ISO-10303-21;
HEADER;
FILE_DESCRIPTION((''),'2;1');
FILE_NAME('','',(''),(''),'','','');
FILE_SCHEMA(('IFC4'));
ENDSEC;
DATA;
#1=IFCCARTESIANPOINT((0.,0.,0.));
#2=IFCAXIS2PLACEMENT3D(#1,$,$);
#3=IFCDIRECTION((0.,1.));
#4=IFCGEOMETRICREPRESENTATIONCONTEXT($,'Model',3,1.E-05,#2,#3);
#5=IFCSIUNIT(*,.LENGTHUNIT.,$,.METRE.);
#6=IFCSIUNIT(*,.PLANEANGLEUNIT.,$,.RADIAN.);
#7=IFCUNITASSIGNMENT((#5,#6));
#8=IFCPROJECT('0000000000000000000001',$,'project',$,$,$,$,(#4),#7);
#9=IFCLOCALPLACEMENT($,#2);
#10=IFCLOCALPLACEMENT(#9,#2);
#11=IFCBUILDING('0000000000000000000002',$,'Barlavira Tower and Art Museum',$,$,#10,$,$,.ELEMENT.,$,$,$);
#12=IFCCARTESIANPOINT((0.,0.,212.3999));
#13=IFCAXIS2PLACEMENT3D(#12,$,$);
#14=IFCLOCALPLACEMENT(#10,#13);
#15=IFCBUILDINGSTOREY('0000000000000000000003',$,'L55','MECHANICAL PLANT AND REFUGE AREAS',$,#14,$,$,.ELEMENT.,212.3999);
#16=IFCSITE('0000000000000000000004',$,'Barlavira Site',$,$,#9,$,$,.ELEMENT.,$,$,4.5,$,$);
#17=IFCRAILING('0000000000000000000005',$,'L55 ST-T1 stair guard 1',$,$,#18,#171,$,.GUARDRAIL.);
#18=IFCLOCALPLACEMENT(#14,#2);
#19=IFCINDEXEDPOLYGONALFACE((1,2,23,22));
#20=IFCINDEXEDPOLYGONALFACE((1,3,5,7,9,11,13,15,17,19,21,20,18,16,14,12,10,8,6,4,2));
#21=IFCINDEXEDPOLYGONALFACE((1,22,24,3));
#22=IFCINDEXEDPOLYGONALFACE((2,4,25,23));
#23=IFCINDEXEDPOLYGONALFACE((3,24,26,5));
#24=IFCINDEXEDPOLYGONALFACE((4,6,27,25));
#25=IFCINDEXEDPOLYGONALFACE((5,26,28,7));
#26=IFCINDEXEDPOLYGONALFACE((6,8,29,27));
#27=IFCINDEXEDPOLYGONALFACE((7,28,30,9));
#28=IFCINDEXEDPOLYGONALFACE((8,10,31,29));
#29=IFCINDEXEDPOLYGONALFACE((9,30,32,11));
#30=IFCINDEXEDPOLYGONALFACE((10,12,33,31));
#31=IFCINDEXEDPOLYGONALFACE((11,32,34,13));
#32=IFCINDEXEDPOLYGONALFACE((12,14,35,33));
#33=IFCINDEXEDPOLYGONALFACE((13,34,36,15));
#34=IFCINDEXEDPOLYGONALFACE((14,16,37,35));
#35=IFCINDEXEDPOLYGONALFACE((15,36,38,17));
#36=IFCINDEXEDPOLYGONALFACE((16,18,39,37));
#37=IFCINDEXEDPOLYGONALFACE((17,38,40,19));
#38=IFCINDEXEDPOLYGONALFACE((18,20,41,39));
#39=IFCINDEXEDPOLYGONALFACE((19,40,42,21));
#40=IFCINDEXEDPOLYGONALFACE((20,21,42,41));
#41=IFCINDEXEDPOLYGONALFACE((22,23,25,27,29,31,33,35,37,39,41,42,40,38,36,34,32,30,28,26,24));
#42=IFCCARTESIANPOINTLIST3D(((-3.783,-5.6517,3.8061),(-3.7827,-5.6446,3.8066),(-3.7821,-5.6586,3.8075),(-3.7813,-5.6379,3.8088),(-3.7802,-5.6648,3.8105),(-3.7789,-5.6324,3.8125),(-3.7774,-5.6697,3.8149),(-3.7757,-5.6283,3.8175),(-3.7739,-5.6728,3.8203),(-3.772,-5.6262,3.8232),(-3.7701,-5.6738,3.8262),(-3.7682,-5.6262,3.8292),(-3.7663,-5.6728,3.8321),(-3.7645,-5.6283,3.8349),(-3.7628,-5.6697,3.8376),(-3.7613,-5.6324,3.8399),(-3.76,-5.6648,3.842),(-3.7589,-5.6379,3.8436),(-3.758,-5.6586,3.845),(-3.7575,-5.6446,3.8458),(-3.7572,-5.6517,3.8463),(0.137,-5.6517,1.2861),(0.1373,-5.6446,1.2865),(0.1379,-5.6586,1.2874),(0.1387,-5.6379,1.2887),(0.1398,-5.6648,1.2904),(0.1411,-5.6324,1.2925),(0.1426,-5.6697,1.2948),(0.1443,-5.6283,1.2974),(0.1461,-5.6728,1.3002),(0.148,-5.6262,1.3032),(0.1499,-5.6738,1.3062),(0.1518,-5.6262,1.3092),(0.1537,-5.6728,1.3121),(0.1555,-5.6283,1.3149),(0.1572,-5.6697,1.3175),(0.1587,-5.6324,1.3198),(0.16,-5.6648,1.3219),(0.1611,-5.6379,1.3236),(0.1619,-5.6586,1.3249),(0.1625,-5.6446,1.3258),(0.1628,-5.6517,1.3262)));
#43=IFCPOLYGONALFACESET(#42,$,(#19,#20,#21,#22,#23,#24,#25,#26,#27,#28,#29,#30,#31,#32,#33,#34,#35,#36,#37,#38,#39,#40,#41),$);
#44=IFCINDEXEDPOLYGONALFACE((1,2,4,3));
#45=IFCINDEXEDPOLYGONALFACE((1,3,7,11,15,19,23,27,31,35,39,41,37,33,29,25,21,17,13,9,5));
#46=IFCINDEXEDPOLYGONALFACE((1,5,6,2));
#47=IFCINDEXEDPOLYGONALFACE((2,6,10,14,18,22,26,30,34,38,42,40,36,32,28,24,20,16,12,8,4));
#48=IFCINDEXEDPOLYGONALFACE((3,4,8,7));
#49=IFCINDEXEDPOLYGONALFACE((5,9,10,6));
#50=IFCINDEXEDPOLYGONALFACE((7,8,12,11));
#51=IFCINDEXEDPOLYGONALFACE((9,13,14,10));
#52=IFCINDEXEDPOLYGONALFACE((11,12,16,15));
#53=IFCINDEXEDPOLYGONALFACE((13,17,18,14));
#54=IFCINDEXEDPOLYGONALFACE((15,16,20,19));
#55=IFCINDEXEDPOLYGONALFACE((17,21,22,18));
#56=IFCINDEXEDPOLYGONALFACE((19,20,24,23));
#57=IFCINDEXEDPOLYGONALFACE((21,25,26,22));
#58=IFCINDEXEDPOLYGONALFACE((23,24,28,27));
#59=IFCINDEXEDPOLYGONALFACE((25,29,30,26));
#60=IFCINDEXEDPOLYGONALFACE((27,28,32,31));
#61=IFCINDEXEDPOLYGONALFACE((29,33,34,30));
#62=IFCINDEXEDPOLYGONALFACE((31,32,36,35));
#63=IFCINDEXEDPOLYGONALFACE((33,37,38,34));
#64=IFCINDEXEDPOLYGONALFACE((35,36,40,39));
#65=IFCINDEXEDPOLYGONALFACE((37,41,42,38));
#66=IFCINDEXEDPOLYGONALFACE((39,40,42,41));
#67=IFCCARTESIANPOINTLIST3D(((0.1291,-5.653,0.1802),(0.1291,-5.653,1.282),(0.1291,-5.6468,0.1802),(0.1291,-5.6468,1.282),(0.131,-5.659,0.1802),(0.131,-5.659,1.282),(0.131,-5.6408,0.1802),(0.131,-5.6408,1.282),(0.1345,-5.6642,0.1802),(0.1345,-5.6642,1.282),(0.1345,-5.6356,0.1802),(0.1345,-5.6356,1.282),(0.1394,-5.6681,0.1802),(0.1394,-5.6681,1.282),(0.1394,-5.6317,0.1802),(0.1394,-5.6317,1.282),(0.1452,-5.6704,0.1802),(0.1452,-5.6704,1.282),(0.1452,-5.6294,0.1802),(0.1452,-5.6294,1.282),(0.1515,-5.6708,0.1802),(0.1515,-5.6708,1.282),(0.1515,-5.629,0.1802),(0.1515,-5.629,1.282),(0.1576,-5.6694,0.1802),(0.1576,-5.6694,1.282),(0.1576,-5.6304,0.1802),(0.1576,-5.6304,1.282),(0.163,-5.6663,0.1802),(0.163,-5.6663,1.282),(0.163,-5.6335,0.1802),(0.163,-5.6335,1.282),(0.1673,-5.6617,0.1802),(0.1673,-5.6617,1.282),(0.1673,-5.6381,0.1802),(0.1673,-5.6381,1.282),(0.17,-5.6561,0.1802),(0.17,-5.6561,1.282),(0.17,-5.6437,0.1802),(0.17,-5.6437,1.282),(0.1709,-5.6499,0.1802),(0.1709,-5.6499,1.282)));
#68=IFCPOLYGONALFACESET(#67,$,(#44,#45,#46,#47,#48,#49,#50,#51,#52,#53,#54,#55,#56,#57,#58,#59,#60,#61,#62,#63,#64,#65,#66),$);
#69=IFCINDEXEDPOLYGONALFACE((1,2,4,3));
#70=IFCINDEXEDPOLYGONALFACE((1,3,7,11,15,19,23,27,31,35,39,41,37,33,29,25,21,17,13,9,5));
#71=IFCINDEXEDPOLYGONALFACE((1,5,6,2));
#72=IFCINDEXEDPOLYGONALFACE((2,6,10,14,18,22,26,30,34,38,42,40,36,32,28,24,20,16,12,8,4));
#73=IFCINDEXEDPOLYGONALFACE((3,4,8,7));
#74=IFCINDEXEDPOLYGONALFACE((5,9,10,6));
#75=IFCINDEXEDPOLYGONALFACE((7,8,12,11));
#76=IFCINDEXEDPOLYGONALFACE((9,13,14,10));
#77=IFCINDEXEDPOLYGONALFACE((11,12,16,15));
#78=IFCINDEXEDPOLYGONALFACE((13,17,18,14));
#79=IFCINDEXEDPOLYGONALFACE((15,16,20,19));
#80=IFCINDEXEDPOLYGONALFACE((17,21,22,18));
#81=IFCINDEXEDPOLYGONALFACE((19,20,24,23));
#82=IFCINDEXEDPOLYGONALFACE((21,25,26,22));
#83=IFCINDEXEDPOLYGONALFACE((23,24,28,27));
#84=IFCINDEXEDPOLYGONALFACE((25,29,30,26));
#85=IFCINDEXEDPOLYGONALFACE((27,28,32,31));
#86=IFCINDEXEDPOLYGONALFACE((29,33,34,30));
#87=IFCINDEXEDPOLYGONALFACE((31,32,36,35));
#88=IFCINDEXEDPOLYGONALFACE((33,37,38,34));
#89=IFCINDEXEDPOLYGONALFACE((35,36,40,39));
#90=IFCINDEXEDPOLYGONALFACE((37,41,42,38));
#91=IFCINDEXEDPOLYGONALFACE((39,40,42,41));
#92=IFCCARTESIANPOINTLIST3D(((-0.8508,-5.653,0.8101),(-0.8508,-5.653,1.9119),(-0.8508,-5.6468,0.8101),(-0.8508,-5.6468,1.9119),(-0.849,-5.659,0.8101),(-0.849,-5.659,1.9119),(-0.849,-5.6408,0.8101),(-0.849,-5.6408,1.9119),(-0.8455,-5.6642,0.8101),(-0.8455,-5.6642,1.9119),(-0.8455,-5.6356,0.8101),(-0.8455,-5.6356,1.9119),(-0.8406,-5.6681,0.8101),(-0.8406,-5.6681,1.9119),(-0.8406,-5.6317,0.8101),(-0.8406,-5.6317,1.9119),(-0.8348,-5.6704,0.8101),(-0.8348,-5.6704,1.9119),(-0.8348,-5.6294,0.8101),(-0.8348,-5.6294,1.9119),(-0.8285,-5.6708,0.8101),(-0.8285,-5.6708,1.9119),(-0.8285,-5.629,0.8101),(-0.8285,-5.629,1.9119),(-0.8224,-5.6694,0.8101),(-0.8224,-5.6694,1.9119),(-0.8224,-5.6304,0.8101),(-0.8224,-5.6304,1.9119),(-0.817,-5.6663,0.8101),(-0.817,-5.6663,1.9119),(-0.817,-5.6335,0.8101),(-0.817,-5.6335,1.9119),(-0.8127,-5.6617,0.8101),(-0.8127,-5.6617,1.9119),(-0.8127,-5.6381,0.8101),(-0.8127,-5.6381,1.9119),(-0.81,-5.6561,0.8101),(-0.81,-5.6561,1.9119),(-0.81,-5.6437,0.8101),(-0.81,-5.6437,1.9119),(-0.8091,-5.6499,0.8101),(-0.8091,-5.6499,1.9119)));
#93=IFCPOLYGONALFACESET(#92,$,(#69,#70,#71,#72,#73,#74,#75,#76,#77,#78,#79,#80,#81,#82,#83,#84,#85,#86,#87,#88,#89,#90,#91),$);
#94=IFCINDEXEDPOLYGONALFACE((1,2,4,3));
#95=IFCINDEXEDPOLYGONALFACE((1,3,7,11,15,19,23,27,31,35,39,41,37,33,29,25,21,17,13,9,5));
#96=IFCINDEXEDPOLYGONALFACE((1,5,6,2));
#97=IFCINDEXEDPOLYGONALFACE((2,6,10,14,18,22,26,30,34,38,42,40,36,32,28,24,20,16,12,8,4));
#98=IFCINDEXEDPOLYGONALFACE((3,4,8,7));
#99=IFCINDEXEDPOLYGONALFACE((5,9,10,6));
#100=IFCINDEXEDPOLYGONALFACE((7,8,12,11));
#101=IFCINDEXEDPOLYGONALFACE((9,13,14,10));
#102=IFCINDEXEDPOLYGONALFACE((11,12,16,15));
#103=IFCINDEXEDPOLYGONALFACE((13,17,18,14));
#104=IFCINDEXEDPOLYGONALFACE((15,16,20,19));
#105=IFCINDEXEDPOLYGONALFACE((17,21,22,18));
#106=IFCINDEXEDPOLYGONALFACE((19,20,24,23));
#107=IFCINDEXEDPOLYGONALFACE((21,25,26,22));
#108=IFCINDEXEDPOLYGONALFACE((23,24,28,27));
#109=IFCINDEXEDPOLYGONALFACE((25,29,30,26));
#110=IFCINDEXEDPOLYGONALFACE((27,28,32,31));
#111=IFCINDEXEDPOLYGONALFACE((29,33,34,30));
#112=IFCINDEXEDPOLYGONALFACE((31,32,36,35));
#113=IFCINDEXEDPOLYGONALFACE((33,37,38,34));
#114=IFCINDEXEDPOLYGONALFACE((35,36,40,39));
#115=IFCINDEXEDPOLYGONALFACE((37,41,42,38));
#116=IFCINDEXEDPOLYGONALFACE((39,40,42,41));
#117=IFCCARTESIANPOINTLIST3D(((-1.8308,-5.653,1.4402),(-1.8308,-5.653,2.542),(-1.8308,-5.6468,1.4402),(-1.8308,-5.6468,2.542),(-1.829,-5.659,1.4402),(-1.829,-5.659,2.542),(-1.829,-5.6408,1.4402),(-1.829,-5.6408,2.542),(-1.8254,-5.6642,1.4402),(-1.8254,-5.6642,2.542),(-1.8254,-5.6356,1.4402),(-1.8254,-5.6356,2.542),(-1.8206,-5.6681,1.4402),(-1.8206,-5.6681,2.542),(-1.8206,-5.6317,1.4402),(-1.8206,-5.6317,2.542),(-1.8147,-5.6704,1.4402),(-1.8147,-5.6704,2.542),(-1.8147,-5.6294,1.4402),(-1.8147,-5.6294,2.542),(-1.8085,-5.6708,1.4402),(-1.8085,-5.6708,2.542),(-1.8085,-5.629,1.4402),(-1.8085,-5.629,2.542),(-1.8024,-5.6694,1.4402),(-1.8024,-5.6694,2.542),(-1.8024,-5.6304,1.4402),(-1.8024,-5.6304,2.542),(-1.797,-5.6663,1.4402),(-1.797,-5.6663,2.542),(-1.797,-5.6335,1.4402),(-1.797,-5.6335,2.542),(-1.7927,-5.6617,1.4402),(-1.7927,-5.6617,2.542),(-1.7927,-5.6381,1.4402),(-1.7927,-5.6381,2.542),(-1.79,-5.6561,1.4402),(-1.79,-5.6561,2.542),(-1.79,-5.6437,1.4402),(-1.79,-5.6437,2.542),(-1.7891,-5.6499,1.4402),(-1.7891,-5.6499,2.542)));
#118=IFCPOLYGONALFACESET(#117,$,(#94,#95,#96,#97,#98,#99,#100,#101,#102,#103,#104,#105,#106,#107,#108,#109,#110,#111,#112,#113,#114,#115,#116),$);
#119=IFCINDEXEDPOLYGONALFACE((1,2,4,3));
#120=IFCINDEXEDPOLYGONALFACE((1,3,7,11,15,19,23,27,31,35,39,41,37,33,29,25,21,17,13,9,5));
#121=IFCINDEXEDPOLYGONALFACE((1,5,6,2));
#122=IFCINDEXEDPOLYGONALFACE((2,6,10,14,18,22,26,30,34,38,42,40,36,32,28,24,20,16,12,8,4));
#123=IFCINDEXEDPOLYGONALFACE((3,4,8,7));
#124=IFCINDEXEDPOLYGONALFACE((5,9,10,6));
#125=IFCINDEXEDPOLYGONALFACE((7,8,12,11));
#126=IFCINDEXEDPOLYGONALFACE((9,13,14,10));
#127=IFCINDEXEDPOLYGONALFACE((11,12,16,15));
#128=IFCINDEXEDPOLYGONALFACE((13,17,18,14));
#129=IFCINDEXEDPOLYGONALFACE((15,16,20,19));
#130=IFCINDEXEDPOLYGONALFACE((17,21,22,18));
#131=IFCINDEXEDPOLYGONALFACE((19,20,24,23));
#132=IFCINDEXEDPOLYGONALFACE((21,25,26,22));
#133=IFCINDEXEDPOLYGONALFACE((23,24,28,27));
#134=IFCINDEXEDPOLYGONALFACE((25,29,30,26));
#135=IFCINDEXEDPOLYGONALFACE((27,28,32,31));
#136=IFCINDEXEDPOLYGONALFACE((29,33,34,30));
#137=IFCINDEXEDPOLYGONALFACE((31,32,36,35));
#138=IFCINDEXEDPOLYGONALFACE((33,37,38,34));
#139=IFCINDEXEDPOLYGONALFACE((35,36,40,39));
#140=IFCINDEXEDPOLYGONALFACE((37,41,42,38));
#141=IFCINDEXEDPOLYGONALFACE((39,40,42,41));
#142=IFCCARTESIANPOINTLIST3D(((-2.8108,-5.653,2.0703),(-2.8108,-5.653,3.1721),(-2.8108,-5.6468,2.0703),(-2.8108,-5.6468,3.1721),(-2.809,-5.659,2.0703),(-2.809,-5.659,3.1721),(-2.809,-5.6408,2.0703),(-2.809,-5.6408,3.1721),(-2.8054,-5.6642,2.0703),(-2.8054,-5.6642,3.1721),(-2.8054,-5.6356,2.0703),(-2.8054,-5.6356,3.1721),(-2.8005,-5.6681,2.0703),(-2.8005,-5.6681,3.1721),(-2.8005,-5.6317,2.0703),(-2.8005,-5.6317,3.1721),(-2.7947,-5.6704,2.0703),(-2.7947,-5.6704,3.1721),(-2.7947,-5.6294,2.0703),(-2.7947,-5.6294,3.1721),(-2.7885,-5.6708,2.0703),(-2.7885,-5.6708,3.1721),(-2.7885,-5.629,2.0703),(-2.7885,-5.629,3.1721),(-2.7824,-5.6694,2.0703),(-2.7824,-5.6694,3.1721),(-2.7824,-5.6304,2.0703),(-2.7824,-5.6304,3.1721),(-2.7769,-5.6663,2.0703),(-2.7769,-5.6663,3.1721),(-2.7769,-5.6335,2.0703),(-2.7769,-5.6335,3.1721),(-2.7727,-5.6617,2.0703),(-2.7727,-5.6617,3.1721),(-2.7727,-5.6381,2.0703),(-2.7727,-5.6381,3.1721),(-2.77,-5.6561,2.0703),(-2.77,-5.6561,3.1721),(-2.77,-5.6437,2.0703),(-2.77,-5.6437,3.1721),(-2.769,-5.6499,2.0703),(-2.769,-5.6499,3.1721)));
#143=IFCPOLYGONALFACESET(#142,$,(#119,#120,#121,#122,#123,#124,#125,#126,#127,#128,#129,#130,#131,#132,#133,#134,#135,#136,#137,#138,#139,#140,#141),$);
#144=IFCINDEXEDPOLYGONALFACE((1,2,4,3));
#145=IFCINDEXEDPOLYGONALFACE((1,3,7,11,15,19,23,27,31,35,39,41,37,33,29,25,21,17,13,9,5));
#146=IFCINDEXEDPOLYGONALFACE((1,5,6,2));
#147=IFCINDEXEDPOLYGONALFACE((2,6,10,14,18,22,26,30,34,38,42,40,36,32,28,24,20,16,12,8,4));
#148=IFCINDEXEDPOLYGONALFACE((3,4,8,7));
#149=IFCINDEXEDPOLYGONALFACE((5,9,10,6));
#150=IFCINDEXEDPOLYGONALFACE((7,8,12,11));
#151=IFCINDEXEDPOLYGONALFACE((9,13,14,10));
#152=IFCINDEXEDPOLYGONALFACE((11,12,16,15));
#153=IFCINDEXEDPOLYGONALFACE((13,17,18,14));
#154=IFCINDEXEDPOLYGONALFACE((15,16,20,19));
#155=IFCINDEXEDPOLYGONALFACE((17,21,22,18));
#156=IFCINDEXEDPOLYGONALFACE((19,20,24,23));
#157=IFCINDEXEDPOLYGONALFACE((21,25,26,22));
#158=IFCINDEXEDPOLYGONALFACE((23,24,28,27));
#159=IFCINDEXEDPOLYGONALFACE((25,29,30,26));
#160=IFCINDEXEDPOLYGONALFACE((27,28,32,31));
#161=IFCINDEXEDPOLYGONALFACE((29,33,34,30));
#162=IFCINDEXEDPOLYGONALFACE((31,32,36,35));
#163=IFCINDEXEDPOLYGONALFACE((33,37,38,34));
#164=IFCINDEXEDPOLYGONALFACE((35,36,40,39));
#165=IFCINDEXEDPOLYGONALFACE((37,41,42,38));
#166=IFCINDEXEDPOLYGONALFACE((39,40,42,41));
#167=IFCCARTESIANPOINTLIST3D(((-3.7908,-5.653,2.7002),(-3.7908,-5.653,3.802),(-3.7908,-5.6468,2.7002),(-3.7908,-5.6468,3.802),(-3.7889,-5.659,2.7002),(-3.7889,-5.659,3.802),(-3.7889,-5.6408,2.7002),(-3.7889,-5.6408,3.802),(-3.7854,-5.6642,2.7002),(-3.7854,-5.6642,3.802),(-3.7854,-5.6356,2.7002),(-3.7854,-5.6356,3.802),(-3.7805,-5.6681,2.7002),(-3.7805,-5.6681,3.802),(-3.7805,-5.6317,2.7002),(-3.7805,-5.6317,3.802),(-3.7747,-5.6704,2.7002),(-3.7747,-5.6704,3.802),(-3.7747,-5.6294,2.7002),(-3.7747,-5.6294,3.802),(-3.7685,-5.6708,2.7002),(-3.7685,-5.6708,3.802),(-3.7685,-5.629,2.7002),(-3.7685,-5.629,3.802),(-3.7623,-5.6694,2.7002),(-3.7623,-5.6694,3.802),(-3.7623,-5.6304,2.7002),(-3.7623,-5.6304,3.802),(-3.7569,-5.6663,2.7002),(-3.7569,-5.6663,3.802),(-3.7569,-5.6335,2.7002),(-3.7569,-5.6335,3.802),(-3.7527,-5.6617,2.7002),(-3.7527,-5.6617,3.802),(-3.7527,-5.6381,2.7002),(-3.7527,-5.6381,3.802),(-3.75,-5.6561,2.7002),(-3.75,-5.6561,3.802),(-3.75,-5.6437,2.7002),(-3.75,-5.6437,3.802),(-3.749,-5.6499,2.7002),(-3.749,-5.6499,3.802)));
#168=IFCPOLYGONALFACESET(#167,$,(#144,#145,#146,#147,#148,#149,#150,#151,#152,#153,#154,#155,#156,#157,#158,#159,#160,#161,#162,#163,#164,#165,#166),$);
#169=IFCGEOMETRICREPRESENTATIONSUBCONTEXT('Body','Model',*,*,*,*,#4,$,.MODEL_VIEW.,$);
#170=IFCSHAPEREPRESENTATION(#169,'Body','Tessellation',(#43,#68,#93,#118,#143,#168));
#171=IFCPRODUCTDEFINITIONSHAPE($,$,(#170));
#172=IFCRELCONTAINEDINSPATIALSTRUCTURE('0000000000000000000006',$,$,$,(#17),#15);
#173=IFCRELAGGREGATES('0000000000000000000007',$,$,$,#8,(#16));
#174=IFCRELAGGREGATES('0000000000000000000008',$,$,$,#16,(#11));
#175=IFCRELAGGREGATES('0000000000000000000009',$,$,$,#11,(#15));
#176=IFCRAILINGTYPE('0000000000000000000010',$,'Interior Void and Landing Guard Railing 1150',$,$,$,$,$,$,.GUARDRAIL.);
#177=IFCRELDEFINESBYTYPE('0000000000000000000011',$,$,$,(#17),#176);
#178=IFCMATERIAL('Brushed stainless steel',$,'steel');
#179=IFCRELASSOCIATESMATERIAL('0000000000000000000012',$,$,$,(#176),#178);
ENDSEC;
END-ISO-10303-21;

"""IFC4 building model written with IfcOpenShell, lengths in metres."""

from ifc_helpers import new_model, si_unit, direction, frame, origin, origin_2d, place, context, subcontext, project, spatial, circle, extrude, material, type_object, element, save


model = new_model("IFC4")

# Units and contexts
model_context = context("Model", 3, precision=1e-05, world=origin(), true_north=direction((0.0, 1.0)))
body_context = subcontext(model_context, "Body", "Model", "MODEL_VIEW")
ifc_project = project(units=[si_unit("LENGTHUNIT", "METRE"), si_unit("PLANEANGLEUNIT", "RADIAN")], contexts=[model_context])

# Site, building, storey
site_placement = place(None, origin())
site = spatial("IfcSite", under=ifc_project, at=site_placement, Name="Barlavira Site", CompositionType="ELEMENT", RefElevation=4.5)
building_placement = place(site_placement, origin())
building = spatial("IfcBuilding", under=site, at=building_placement, Name="Barlavira Tower and Art Museum", CompositionType="ELEMENT")
storey_placement = place(building_placement, frame((0.0, 0.0, 212.3999)))
storey = spatial("IfcBuildingStorey", under=building, at=storey_placement, Name="L55", Description="MECHANICAL PLANT AND REFUGE AREAS", CompositionType="ELEMENT", Elevation=212.3999)

# Shared definitions
ifc_material_1 = material(Name="Brushed stainless steel", Category="steel")

# Railing
railing_type_1 = type_object("IfcRailingType", Name="Interior Void and Landing Guard Railing 1150", PredefinedType="GUARDRAIL", material=ifc_material_1)
railing_1_placement = place(storey_placement, frame((0.1499, -5.6499, 0.1802)))
element("IfcRailing", 1, at=railing_1_placement, inside=storey, type_object=railing_type_1, Name="L55 ST-T1 stair guard 1", PredefinedType="GUARDRAIL", context=body_context, shape_type="SweptSolid", body=[
    extrude(circle(Radius=0.0239, at=origin_2d()), frame((0.0, 0.0, 1.126), z_axis=(-0.841172, 0.0, 0.540768), x_axis=(0.0, -1.0, 0.0)), (0.0, 0.0, 1.0), 4.6602),
    extrude(circle(Radius=0.021, at=origin_2d()), origin(), (0.0, 0.0, 1.0), 1.1018),
    extrude(circle(Radius=0.021, at=origin_2d()), frame((-0.98, 0.0, 0.6299)), (0.0, 0.0, 1.0), 1.1018),
    extrude(circle(Radius=0.021, at=origin_2d()), frame((-1.96, 0.0, 1.26)), (0.0, 0.0, 1.0), 1.1018),
    extrude(circle(Radius=0.021, at=origin_2d()), frame((-2.9399, 0.0, 1.8901)), (0.0, 0.0, 1.0), 1.1018),
    extrude(circle(Radius=0.021, at=origin_2d()), frame((-3.9199, 0.0, 2.52)), (0.0, 0.0, 1.0), 1.1018),
])

save(model, "model.ifc")
